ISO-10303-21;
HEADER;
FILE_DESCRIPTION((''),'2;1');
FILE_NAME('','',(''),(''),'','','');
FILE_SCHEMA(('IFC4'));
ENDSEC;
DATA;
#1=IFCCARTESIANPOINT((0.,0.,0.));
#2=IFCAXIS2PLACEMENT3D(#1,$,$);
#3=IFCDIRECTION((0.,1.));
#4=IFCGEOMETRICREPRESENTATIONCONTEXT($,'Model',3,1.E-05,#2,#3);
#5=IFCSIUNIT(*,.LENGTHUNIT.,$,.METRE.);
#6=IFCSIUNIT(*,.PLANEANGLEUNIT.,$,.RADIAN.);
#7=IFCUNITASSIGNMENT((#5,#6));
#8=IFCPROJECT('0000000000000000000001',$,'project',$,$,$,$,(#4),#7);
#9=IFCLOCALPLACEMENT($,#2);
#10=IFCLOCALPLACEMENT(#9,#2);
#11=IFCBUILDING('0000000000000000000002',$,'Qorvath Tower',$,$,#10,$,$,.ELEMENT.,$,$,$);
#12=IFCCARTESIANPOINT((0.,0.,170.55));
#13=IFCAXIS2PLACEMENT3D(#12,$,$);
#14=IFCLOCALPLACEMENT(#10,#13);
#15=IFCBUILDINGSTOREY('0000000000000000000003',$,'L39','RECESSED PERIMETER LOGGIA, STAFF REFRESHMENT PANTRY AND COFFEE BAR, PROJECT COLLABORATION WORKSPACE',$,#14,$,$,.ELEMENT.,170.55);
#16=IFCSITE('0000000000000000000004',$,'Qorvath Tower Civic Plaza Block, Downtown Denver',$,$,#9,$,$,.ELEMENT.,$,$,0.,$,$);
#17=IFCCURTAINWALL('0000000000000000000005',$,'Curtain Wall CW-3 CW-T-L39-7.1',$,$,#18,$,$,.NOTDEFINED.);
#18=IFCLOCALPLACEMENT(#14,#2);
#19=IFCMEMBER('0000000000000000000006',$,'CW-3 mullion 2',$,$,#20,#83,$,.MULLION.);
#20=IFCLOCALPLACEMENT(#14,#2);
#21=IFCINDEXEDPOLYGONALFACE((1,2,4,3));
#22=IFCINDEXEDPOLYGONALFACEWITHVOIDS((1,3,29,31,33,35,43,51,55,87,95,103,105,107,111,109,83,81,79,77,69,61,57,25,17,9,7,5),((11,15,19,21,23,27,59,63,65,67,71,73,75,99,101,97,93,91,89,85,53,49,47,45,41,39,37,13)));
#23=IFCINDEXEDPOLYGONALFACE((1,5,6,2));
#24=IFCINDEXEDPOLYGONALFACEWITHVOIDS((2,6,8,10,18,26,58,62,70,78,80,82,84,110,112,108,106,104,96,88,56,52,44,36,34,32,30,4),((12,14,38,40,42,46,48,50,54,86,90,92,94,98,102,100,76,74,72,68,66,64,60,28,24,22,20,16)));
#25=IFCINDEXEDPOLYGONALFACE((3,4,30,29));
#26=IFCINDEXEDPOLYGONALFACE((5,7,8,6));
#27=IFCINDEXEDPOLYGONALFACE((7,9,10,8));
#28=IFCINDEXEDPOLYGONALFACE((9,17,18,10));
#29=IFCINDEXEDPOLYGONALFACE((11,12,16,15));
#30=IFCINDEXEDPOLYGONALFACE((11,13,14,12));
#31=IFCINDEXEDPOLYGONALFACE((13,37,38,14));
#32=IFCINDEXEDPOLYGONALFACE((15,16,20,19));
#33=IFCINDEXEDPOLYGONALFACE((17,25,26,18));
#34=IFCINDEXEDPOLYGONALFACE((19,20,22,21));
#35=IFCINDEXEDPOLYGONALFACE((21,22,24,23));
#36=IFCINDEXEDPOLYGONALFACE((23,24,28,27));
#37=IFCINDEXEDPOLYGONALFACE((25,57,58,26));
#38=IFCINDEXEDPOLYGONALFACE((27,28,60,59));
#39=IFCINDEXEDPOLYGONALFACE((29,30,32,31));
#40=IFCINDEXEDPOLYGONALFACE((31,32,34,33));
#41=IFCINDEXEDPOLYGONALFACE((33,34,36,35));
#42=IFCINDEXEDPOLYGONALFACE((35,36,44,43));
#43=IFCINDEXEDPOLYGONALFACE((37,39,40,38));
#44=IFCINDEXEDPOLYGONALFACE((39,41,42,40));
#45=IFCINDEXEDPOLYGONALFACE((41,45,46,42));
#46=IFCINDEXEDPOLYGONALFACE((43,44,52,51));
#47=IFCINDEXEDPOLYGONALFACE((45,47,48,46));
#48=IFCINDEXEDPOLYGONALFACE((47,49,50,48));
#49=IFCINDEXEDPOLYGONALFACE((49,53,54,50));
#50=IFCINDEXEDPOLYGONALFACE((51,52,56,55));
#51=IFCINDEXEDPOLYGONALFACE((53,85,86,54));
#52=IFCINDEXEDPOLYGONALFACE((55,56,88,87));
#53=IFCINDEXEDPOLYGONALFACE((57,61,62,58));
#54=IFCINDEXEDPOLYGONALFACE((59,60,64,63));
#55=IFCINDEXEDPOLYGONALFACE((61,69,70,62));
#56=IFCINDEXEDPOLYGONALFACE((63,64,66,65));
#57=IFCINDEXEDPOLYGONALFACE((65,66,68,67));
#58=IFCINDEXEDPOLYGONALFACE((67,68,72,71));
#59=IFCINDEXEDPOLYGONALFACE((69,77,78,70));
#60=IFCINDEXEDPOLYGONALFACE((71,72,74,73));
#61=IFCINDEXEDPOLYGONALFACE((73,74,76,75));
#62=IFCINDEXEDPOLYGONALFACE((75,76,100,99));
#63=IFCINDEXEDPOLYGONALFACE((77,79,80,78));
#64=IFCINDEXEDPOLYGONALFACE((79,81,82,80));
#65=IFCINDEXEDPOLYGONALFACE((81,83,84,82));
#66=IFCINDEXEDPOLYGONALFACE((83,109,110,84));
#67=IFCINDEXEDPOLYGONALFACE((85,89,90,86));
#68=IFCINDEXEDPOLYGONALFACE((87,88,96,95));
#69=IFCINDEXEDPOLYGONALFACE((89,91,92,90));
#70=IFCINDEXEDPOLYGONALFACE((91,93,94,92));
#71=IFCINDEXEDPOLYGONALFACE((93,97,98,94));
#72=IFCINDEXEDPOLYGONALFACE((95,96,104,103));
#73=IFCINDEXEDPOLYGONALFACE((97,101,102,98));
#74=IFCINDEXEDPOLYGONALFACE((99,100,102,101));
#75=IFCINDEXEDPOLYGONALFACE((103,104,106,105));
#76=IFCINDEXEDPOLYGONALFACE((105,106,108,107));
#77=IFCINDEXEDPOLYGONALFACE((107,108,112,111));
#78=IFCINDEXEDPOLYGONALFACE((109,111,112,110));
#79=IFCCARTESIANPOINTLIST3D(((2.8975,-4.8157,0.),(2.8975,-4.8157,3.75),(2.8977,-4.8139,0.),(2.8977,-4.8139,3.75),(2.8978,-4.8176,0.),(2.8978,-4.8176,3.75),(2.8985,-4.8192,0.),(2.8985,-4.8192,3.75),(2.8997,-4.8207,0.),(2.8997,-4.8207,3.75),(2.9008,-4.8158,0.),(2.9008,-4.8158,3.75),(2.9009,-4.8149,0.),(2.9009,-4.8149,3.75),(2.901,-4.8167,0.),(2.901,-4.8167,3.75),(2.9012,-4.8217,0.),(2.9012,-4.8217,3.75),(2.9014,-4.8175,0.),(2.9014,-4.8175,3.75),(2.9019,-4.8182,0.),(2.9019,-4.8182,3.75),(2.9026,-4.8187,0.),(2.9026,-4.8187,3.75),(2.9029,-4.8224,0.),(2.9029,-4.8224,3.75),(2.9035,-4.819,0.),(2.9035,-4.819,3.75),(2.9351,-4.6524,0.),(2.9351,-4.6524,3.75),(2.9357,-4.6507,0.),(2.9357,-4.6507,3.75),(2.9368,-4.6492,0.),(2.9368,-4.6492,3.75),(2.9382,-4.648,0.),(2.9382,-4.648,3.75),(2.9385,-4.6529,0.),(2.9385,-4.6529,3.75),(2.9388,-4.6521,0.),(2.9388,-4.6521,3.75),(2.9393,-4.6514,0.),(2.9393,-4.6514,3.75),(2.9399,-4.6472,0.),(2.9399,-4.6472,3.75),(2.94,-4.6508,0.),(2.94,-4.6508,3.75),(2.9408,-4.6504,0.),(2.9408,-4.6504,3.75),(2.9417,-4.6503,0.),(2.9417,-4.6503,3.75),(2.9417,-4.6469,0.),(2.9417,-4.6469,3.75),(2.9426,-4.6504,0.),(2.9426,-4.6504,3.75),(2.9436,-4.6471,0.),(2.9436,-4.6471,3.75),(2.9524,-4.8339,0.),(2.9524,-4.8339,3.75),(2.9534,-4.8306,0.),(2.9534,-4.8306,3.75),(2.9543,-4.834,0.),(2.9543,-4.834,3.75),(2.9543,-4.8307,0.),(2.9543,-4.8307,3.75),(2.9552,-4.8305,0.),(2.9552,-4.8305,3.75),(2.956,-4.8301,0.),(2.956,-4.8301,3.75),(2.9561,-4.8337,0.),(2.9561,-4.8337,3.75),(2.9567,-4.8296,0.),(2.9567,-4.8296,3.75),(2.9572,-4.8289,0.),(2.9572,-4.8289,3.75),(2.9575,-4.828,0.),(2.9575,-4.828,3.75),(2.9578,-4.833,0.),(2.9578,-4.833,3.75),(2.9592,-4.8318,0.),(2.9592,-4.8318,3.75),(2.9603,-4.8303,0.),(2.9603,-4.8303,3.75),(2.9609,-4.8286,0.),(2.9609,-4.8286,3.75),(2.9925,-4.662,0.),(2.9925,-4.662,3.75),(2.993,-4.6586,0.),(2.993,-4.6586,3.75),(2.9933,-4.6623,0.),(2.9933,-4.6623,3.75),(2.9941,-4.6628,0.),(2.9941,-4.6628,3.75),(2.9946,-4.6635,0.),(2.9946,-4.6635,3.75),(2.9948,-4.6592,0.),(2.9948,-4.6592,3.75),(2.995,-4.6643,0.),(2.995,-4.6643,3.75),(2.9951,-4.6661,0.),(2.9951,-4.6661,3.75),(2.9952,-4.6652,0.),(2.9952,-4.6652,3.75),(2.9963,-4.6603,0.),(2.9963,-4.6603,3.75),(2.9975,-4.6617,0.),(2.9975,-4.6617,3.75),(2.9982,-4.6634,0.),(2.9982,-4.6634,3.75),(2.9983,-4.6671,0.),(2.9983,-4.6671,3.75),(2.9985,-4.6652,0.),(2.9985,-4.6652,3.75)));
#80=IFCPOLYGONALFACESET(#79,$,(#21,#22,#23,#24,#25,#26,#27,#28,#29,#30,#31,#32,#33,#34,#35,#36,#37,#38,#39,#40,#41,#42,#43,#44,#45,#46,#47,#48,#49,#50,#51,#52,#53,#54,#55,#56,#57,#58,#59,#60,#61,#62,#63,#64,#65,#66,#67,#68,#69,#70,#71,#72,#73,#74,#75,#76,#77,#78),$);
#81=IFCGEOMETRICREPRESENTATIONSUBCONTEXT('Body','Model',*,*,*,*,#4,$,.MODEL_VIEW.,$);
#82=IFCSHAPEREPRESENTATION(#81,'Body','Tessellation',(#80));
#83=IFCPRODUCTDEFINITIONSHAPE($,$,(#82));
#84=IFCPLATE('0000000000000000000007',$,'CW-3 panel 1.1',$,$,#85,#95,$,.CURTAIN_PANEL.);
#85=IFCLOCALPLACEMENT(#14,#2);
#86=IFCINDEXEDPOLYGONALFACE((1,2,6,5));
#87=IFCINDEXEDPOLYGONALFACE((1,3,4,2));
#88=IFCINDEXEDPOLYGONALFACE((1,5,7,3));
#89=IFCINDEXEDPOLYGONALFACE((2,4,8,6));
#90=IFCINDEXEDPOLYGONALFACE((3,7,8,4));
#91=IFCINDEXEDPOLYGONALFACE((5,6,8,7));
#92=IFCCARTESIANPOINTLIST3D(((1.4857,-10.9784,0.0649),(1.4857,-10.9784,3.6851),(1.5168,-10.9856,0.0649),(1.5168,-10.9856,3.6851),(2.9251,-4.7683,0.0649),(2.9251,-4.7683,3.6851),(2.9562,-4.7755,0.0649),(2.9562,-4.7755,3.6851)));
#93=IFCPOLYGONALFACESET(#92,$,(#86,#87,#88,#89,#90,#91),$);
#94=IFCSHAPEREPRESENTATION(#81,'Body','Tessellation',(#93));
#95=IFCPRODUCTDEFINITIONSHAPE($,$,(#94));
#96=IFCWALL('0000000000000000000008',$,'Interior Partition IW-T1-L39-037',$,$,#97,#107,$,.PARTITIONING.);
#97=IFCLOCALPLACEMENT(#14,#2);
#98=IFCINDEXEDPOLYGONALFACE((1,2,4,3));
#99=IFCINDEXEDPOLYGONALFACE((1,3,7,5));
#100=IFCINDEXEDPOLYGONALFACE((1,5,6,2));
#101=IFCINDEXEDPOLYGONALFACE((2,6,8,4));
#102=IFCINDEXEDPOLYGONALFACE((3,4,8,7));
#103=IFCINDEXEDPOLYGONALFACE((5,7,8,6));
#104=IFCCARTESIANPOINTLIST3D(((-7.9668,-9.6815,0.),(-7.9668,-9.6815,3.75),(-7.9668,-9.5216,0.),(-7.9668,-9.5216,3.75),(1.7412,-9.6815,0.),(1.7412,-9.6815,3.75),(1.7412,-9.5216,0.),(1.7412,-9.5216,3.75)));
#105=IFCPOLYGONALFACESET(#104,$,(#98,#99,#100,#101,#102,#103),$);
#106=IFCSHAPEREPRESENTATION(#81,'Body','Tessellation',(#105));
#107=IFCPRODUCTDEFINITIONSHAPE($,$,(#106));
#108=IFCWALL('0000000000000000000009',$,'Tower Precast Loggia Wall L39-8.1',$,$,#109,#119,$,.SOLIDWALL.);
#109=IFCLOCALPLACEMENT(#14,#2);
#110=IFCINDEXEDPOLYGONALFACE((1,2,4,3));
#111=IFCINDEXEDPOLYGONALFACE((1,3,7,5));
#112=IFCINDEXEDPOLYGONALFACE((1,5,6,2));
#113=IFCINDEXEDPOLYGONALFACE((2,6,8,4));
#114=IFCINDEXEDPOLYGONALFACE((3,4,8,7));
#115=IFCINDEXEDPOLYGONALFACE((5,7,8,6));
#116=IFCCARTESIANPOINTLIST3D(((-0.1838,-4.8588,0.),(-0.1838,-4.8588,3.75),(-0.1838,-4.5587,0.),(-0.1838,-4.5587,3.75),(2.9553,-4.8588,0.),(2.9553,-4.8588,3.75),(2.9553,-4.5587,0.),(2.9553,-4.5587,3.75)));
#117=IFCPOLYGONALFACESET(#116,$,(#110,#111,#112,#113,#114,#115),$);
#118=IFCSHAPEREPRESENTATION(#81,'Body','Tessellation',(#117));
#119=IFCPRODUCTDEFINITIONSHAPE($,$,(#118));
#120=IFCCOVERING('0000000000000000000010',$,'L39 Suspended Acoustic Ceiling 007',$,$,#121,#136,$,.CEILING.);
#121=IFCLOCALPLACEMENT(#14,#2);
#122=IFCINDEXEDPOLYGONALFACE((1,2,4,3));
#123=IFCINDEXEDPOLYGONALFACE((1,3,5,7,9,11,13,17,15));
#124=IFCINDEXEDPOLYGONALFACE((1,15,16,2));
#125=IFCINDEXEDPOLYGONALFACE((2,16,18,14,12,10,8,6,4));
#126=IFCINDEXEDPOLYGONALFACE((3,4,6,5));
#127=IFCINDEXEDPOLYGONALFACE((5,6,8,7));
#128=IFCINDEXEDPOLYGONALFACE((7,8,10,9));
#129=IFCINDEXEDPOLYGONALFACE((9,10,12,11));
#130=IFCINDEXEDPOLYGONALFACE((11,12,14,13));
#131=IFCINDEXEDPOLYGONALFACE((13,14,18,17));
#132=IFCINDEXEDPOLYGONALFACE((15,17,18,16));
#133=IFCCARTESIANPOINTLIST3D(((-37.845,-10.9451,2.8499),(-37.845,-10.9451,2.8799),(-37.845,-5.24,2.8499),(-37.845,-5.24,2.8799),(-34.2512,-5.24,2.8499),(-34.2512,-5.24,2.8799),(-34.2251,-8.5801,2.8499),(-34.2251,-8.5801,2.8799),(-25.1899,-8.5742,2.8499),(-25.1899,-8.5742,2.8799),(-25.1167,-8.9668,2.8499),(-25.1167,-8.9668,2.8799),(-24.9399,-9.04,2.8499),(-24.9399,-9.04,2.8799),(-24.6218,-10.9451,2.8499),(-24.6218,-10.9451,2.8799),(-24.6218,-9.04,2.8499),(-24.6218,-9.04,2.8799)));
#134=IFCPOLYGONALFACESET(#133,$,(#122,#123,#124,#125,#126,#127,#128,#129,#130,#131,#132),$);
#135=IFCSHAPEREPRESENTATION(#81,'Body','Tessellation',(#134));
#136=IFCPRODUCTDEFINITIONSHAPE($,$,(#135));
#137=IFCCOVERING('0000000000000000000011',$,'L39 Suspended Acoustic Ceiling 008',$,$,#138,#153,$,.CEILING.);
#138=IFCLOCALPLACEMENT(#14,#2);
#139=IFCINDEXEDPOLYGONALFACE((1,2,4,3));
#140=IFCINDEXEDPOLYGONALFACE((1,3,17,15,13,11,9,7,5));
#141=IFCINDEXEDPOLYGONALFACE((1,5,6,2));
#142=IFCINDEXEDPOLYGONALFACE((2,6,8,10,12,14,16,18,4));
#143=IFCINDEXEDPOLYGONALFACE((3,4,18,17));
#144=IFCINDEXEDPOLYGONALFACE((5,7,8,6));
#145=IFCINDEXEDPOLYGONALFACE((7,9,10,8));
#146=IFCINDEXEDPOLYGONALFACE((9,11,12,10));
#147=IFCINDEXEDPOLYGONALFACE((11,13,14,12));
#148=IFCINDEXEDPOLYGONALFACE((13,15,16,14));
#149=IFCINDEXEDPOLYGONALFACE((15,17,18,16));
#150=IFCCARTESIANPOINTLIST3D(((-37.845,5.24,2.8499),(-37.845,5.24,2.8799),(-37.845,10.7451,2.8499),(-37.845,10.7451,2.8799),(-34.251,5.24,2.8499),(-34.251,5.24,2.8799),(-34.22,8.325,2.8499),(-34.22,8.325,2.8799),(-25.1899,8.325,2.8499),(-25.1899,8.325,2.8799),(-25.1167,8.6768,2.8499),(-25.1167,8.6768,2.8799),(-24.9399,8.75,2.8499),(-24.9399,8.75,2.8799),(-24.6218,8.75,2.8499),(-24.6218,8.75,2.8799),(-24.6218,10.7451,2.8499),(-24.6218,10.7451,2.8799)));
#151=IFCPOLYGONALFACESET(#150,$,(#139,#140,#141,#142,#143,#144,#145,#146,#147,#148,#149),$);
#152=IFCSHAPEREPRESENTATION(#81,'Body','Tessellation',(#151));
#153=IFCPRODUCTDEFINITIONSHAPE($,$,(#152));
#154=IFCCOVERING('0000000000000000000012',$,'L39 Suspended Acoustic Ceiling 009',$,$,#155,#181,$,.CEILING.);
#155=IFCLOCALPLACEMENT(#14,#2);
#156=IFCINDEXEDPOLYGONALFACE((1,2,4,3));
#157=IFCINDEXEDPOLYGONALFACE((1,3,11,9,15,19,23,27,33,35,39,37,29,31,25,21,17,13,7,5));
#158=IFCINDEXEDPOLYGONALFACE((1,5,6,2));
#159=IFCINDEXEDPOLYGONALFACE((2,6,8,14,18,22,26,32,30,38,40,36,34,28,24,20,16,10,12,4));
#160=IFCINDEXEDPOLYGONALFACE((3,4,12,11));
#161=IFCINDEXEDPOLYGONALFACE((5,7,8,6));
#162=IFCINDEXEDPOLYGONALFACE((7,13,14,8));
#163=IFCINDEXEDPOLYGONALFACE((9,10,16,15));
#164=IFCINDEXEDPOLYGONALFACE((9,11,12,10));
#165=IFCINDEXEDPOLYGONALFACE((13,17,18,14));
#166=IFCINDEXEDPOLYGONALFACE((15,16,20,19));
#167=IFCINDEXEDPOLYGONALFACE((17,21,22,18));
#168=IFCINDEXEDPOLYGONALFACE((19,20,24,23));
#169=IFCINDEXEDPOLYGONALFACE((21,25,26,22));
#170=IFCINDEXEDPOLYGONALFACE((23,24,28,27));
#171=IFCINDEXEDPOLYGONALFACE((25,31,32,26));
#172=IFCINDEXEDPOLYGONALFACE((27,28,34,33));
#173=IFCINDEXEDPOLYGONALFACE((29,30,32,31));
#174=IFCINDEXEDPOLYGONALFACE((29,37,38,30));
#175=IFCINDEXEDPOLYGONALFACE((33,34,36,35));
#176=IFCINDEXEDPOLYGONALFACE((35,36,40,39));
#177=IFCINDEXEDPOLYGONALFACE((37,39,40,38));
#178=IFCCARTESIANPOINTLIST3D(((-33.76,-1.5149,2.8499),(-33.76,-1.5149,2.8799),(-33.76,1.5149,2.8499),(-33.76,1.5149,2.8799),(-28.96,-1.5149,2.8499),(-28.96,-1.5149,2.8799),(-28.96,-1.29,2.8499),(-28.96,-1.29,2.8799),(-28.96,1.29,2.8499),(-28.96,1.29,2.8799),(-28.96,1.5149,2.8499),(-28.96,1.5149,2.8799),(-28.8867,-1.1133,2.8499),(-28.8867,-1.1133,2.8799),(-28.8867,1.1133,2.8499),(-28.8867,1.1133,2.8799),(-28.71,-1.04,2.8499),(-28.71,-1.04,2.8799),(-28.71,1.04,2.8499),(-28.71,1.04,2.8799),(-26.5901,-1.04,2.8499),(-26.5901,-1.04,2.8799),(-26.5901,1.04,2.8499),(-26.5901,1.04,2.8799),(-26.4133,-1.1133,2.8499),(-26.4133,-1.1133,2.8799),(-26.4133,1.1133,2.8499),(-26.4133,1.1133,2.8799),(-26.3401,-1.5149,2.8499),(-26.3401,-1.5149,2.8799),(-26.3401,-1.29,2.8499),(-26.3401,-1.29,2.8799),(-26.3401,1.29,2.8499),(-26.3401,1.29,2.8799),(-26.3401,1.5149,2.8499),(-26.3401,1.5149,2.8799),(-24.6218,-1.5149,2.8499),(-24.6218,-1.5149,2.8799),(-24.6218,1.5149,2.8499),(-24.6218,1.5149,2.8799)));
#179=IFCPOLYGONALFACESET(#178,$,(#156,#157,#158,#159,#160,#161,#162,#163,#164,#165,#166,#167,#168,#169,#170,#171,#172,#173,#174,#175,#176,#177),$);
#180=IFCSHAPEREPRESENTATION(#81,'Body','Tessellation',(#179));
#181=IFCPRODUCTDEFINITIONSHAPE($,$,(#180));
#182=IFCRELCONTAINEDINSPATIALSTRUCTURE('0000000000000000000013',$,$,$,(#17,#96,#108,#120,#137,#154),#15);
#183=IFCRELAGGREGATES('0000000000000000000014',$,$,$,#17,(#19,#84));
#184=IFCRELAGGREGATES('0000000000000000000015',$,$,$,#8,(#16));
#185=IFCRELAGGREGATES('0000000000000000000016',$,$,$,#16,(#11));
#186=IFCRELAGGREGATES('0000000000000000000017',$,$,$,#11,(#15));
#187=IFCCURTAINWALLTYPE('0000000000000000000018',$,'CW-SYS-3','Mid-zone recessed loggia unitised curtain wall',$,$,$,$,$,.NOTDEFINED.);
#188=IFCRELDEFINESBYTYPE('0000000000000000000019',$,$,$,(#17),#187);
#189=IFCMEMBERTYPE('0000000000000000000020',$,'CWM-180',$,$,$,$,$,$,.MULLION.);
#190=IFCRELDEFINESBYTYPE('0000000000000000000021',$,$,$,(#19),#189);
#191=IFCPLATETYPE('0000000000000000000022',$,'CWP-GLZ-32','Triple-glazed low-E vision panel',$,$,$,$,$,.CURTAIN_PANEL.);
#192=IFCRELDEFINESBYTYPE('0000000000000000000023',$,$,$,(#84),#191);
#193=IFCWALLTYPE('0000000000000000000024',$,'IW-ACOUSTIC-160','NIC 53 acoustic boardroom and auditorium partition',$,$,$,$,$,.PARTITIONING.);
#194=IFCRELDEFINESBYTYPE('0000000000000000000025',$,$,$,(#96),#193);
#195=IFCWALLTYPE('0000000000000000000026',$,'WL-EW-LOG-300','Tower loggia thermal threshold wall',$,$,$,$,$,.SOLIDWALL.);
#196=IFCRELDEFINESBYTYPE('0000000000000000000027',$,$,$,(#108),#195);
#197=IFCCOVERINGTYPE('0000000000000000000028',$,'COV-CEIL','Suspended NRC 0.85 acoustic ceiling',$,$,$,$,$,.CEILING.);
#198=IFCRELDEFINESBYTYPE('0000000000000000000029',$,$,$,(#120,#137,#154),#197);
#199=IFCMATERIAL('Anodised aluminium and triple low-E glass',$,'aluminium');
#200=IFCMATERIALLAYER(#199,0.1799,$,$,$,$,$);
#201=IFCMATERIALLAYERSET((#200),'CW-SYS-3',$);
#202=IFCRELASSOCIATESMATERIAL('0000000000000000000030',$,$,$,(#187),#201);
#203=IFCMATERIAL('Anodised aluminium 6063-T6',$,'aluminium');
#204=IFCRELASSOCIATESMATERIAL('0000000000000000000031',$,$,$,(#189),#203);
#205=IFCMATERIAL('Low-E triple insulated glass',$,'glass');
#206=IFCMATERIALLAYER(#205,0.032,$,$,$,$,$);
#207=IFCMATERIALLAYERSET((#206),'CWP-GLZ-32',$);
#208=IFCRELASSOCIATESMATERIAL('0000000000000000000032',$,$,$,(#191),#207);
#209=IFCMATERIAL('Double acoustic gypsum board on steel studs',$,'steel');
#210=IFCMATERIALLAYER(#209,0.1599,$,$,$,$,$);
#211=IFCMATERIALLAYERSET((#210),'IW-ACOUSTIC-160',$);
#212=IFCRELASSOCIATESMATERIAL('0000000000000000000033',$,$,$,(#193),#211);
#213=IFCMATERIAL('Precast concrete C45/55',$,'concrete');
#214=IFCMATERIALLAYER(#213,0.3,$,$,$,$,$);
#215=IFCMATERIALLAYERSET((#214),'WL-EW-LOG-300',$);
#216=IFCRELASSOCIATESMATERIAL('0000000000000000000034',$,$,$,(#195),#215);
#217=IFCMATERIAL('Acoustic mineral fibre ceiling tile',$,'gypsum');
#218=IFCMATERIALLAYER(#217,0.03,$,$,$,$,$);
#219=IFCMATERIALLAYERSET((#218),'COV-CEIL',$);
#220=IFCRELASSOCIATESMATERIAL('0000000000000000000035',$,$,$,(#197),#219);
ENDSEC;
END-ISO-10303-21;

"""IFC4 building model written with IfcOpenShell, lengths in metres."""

from ifc_helpers import new_model, si_unit, direction, frame, frame_2d, origin, origin_2d, place, context, subcontext, project, spatial, polyline, rectangle, hollow_rectangle, outline, extrude, material, layer, layer_set, material_profile, profile_set, type_object, element, aggregate, save


model = new_model("IFC4")

# Units and contexts
model_context = context("Model", 3, precision=1e-05, world=origin(), true_north=direction((0.0, 1.0)))
body_context = subcontext(model_context, "Body", "Model", "MODEL_VIEW")
ifc_project = project(units=[si_unit("LENGTHUNIT", "METRE"), si_unit("PLANEANGLEUNIT", "RADIAN")], contexts=[model_context])

# Site, building, storey
site_placement = place(None, origin())
site = spatial("IfcSite", under=ifc_project, at=site_placement, Name="Qorvath Tower Civic Plaza Block, Downtown Denver", CompositionType="ELEMENT", RefElevation=0.0)
building_placement = place(site_placement, origin())
building = spatial("IfcBuilding", under=site, at=building_placement, Name="Qorvath Tower", CompositionType="ELEMENT")
storey_placement = place(building_placement, frame((0.0, 0.0, 170.55)))
storey = spatial("IfcBuildingStorey", under=building, at=storey_placement, Name="L39", Description="RECESSED PERIMETER LOGGIA, STAFF REFRESHMENT PANTRY AND COFFEE BAR, PROJECT COLLABORATION WORKSPACE", CompositionType="ELEMENT", Elevation=170.55)

# Curtain wall, member, plate
ifc_material_1 = material(Name="Anodised aluminium and triple low-E glass", Category="aluminium")
ifc_layer_1 = layer(ifc_material_1, 0.1799)
ifc_layer_set_1 = layer_set([ifc_layer_1], Name="CW-SYS-3")
curtain_wall_type = type_object("IfcCurtainWallType", Name="CW-SYS-3", Description="Mid-zone recessed loggia unitised curtain wall", PredefinedType="NOTDEFINED", material=ifc_layer_set_1)
curtain_wall_placement = place(storey_placement, origin())
curtain_wall = element("IfcCurtainWall", 1, at=curtain_wall_placement, inside=storey, type_object=curtain_wall_type, Name="Curtain Wall CW-3 CW-T-L39-7.1", PredefinedType="NOTDEFINED")
ifc_material_2 = material(Name="Anodised aluminium 6063-T6", Category="aluminium")
ifc_material_profile = material_profile(ifc_material_2, hollow_rectangle(XDim=0.0649, YDim=0.1799, WallThickness=0.0034, InnerFilletRadius=0.0034, OuterFilletRadius=0.0071, at=origin_2d()), Name="CWM 180x65")
ifc_profile_set = profile_set([ifc_material_profile], Name="Anodised aluminium 6063-T6")
member_type = type_object("IfcMemberType", Name="CWM-180", PredefinedType="MULLION", material=ifc_profile_set)
member_placement = place(storey_placement, frame((2.948, -4.7405, 0.0), z_axis=(0.0, 0.0, 1.0), x_axis=(-0.974176, 0.225791, 0.0)))
member = element("IfcMember", 2, at=member_placement, type_object=member_type, Name="CW-3 mullion 2", PredefinedType="MULLION", context=body_context, shape_type="SweptSolid", body=[
    extrude(hollow_rectangle(XDim=0.0649, YDim=0.1799, WallThickness=0.0034, InnerFilletRadius=0.0034, OuterFilletRadius=0.0071, at=origin_2d()), origin(), (0.0, 0.0, 1.0), 3.75),
])
ifc_material_3 = material(Name="Low-E triple insulated glass", Category="glass")
ifc_layer_2 = layer(ifc_material_3, 0.032)
ifc_layer_set_2 = layer_set([ifc_layer_2], Name="CWP-GLZ-32")
plate_type = type_object("IfcPlateType", Name="CWP-GLZ-32", Description="Triple-glazed low-E vision panel", PredefinedType="CURTAIN_PANEL", material=ifc_layer_set_2)
plate_placement = place(storey_placement, frame((2.2209, -7.877, 0.0649), z_axis=(0.0, 0.0, 1.0), x_axis=(0.225791, 0.974176, 0.0)))
plate = element("IfcPlate", 3, at=plate_placement, type_object=plate_type, Name="CW-3 panel 1.1", PredefinedType="CURTAIN_PANEL", context=body_context, shape_type="SweptSolid", body=[
    extrude(rectangle(XDim=6.3748, YDim=0.032, at=origin_2d()), origin(), (0.0, 0.0, 1.0), 3.6201),
])
aggregate(curtain_wall, [member, plate])

# Walls
ifc_material_4 = material(Name="Double acoustic gypsum board on steel studs", Category="steel")
ifc_layer_3 = layer(ifc_material_4, 0.1599)
ifc_layer_set_3 = layer_set([ifc_layer_3], Name="IW-ACOUSTIC-160")
wall_type_1 = type_object("IfcWallType", Name="IW-ACOUSTIC-160", Description="NIC 53 acoustic boardroom and auditorium partition", PredefinedType="PARTITIONING", material=ifc_layer_set_3)
wall_1_placement = place(storey_placement, frame((1.7412, -9.6016, 0.0), z_axis=(0.0, 0.0, 1.0), x_axis=(-1.0, 0.0, 0.0)))
element("IfcWall", 4, at=wall_1_placement, inside=storey, type_object=wall_type_1, Name="Interior Partition IW-T1-L39-037", PredefinedType="PARTITIONING", context=body_context, shape_type="SweptSolid", body=[
    extrude(rectangle(XDim=9.708, YDim=0.1599, at=frame_2d((4.854, 0.0))), origin(), (0.0, 0.0, 1.0), 3.75),
])
ifc_material_5 = material(Name="Precast concrete C45/55", Category="concrete")
ifc_layer_4 = layer(ifc_material_5, 0.3)
ifc_layer_set_4 = layer_set([ifc_layer_4], Name="WL-EW-LOG-300")
wall_type_2 = type_object("IfcWallType", Name="WL-EW-LOG-300", Description="Tower loggia thermal threshold wall", PredefinedType="SOLIDWALL", material=ifc_layer_set_4)
wall_2_placement = place(storey_placement, frame((2.9553, -4.7087, 0.0), z_axis=(0.0, 0.0, 1.0), x_axis=(-1.0, 0.0, 0.0)))
element("IfcWall", 5, at=wall_2_placement, inside=storey, type_object=wall_type_2, Name="Tower Precast Loggia Wall L39-8.1", PredefinedType="SOLIDWALL", context=body_context, shape_type="SweptSolid", body=[
    extrude(rectangle(XDim=3.1392, YDim=0.3, at=frame_2d((1.5696, 0.0))), origin(), (0.0, 0.0, 1.0), 3.75),
])

# Coverings
ifc_material_6 = material(Name="Acoustic mineral fibre ceiling tile", Category="gypsum")
ifc_layer_5 = layer(ifc_material_6, 0.03)
ifc_layer_set_5 = layer_set([ifc_layer_5], Name="COV-CEIL")
covering_type_1 = type_object("IfcCoveringType", Name="COV-CEIL", Description="Suspended NRC 0.85 acoustic ceiling", PredefinedType="CEILING", material=ifc_layer_set_5)
covering_1_placement = place(storey_placement, frame((0.0, 0.0, 2.8499)))
element("IfcCovering", 6, at=covering_1_placement, inside=storey, type_object=covering_type_1, Name="L39 Suspended Acoustic Ceiling 007", PredefinedType="CEILING", context=body_context, shape_type="SweptSolid", body=[
    extrude(outline(polyline([(-34.2251, -8.5801), (-34.2512, -5.24), (-37.845, -5.24), (-37.845, -10.9451), (-24.6218, -10.9451), (-24.6218, -9.04), (-24.9399, -9.04), (-25.1167, -8.9668), (-25.1899, -8.5742), (-34.2251, -8.5801)])), origin(), (0.0, 0.0, 1.0), 0.03),
])
covering_2_placement = place(storey_placement, frame((0.0, 0.0, 2.8499)))
element("IfcCovering", 7, at=covering_2_placement, inside=storey, type_object=covering_type_1, Name="L39 Suspended Acoustic Ceiling 008", PredefinedType="CEILING", context=body_context, shape_type="SweptSolid", body=[
    extrude(outline(polyline([(-24.6218, 8.75), (-24.6218, 10.7451), (-37.845, 10.7451), (-37.845, 5.24), (-34.251, 5.24), (-34.22, 8.325), (-25.1899, 8.325), (-25.1167, 8.6768), (-24.9399, 8.75), (-24.6218, 8.75)])), origin(), (0.0, 0.0, 1.0), 0.03),
])
covering_3_placement = place(storey_placement, frame((0.0, 0.0, 2.8499)))
element("IfcCovering", 8, at=covering_3_placement, inside=storey, type_object=covering_type_1, Name="L39 Suspended Acoustic Ceiling 009", PredefinedType="CEILING", context=body_context, shape_type="SweptSolid", body=[
    extrude(outline(polyline([(-24.6218, -1.5149), (-24.6218, 1.5149), (-26.3401, 1.5149), (-26.3401, 1.29), (-26.4133, 1.1133), (-26.5901, 1.04), (-28.71, 1.04), (-28.8867, 1.1133), (-28.96, 1.29), (-28.96, 1.5149), (-33.76, 1.5149), (-33.76, -1.5149), (-28.96, -1.5149), (-28.96, -1.29), (-28.8867, -1.1133), (-28.71, -1.04), (-26.5901, -1.04), (-26.4133, -1.1133), (-26.3401, -1.29), (-26.3401, -1.5149), (-24.6218, -1.5149)])), origin(), (0.0, 0.0, 1.0), 0.03),
])

save(model, "model.ifc")
